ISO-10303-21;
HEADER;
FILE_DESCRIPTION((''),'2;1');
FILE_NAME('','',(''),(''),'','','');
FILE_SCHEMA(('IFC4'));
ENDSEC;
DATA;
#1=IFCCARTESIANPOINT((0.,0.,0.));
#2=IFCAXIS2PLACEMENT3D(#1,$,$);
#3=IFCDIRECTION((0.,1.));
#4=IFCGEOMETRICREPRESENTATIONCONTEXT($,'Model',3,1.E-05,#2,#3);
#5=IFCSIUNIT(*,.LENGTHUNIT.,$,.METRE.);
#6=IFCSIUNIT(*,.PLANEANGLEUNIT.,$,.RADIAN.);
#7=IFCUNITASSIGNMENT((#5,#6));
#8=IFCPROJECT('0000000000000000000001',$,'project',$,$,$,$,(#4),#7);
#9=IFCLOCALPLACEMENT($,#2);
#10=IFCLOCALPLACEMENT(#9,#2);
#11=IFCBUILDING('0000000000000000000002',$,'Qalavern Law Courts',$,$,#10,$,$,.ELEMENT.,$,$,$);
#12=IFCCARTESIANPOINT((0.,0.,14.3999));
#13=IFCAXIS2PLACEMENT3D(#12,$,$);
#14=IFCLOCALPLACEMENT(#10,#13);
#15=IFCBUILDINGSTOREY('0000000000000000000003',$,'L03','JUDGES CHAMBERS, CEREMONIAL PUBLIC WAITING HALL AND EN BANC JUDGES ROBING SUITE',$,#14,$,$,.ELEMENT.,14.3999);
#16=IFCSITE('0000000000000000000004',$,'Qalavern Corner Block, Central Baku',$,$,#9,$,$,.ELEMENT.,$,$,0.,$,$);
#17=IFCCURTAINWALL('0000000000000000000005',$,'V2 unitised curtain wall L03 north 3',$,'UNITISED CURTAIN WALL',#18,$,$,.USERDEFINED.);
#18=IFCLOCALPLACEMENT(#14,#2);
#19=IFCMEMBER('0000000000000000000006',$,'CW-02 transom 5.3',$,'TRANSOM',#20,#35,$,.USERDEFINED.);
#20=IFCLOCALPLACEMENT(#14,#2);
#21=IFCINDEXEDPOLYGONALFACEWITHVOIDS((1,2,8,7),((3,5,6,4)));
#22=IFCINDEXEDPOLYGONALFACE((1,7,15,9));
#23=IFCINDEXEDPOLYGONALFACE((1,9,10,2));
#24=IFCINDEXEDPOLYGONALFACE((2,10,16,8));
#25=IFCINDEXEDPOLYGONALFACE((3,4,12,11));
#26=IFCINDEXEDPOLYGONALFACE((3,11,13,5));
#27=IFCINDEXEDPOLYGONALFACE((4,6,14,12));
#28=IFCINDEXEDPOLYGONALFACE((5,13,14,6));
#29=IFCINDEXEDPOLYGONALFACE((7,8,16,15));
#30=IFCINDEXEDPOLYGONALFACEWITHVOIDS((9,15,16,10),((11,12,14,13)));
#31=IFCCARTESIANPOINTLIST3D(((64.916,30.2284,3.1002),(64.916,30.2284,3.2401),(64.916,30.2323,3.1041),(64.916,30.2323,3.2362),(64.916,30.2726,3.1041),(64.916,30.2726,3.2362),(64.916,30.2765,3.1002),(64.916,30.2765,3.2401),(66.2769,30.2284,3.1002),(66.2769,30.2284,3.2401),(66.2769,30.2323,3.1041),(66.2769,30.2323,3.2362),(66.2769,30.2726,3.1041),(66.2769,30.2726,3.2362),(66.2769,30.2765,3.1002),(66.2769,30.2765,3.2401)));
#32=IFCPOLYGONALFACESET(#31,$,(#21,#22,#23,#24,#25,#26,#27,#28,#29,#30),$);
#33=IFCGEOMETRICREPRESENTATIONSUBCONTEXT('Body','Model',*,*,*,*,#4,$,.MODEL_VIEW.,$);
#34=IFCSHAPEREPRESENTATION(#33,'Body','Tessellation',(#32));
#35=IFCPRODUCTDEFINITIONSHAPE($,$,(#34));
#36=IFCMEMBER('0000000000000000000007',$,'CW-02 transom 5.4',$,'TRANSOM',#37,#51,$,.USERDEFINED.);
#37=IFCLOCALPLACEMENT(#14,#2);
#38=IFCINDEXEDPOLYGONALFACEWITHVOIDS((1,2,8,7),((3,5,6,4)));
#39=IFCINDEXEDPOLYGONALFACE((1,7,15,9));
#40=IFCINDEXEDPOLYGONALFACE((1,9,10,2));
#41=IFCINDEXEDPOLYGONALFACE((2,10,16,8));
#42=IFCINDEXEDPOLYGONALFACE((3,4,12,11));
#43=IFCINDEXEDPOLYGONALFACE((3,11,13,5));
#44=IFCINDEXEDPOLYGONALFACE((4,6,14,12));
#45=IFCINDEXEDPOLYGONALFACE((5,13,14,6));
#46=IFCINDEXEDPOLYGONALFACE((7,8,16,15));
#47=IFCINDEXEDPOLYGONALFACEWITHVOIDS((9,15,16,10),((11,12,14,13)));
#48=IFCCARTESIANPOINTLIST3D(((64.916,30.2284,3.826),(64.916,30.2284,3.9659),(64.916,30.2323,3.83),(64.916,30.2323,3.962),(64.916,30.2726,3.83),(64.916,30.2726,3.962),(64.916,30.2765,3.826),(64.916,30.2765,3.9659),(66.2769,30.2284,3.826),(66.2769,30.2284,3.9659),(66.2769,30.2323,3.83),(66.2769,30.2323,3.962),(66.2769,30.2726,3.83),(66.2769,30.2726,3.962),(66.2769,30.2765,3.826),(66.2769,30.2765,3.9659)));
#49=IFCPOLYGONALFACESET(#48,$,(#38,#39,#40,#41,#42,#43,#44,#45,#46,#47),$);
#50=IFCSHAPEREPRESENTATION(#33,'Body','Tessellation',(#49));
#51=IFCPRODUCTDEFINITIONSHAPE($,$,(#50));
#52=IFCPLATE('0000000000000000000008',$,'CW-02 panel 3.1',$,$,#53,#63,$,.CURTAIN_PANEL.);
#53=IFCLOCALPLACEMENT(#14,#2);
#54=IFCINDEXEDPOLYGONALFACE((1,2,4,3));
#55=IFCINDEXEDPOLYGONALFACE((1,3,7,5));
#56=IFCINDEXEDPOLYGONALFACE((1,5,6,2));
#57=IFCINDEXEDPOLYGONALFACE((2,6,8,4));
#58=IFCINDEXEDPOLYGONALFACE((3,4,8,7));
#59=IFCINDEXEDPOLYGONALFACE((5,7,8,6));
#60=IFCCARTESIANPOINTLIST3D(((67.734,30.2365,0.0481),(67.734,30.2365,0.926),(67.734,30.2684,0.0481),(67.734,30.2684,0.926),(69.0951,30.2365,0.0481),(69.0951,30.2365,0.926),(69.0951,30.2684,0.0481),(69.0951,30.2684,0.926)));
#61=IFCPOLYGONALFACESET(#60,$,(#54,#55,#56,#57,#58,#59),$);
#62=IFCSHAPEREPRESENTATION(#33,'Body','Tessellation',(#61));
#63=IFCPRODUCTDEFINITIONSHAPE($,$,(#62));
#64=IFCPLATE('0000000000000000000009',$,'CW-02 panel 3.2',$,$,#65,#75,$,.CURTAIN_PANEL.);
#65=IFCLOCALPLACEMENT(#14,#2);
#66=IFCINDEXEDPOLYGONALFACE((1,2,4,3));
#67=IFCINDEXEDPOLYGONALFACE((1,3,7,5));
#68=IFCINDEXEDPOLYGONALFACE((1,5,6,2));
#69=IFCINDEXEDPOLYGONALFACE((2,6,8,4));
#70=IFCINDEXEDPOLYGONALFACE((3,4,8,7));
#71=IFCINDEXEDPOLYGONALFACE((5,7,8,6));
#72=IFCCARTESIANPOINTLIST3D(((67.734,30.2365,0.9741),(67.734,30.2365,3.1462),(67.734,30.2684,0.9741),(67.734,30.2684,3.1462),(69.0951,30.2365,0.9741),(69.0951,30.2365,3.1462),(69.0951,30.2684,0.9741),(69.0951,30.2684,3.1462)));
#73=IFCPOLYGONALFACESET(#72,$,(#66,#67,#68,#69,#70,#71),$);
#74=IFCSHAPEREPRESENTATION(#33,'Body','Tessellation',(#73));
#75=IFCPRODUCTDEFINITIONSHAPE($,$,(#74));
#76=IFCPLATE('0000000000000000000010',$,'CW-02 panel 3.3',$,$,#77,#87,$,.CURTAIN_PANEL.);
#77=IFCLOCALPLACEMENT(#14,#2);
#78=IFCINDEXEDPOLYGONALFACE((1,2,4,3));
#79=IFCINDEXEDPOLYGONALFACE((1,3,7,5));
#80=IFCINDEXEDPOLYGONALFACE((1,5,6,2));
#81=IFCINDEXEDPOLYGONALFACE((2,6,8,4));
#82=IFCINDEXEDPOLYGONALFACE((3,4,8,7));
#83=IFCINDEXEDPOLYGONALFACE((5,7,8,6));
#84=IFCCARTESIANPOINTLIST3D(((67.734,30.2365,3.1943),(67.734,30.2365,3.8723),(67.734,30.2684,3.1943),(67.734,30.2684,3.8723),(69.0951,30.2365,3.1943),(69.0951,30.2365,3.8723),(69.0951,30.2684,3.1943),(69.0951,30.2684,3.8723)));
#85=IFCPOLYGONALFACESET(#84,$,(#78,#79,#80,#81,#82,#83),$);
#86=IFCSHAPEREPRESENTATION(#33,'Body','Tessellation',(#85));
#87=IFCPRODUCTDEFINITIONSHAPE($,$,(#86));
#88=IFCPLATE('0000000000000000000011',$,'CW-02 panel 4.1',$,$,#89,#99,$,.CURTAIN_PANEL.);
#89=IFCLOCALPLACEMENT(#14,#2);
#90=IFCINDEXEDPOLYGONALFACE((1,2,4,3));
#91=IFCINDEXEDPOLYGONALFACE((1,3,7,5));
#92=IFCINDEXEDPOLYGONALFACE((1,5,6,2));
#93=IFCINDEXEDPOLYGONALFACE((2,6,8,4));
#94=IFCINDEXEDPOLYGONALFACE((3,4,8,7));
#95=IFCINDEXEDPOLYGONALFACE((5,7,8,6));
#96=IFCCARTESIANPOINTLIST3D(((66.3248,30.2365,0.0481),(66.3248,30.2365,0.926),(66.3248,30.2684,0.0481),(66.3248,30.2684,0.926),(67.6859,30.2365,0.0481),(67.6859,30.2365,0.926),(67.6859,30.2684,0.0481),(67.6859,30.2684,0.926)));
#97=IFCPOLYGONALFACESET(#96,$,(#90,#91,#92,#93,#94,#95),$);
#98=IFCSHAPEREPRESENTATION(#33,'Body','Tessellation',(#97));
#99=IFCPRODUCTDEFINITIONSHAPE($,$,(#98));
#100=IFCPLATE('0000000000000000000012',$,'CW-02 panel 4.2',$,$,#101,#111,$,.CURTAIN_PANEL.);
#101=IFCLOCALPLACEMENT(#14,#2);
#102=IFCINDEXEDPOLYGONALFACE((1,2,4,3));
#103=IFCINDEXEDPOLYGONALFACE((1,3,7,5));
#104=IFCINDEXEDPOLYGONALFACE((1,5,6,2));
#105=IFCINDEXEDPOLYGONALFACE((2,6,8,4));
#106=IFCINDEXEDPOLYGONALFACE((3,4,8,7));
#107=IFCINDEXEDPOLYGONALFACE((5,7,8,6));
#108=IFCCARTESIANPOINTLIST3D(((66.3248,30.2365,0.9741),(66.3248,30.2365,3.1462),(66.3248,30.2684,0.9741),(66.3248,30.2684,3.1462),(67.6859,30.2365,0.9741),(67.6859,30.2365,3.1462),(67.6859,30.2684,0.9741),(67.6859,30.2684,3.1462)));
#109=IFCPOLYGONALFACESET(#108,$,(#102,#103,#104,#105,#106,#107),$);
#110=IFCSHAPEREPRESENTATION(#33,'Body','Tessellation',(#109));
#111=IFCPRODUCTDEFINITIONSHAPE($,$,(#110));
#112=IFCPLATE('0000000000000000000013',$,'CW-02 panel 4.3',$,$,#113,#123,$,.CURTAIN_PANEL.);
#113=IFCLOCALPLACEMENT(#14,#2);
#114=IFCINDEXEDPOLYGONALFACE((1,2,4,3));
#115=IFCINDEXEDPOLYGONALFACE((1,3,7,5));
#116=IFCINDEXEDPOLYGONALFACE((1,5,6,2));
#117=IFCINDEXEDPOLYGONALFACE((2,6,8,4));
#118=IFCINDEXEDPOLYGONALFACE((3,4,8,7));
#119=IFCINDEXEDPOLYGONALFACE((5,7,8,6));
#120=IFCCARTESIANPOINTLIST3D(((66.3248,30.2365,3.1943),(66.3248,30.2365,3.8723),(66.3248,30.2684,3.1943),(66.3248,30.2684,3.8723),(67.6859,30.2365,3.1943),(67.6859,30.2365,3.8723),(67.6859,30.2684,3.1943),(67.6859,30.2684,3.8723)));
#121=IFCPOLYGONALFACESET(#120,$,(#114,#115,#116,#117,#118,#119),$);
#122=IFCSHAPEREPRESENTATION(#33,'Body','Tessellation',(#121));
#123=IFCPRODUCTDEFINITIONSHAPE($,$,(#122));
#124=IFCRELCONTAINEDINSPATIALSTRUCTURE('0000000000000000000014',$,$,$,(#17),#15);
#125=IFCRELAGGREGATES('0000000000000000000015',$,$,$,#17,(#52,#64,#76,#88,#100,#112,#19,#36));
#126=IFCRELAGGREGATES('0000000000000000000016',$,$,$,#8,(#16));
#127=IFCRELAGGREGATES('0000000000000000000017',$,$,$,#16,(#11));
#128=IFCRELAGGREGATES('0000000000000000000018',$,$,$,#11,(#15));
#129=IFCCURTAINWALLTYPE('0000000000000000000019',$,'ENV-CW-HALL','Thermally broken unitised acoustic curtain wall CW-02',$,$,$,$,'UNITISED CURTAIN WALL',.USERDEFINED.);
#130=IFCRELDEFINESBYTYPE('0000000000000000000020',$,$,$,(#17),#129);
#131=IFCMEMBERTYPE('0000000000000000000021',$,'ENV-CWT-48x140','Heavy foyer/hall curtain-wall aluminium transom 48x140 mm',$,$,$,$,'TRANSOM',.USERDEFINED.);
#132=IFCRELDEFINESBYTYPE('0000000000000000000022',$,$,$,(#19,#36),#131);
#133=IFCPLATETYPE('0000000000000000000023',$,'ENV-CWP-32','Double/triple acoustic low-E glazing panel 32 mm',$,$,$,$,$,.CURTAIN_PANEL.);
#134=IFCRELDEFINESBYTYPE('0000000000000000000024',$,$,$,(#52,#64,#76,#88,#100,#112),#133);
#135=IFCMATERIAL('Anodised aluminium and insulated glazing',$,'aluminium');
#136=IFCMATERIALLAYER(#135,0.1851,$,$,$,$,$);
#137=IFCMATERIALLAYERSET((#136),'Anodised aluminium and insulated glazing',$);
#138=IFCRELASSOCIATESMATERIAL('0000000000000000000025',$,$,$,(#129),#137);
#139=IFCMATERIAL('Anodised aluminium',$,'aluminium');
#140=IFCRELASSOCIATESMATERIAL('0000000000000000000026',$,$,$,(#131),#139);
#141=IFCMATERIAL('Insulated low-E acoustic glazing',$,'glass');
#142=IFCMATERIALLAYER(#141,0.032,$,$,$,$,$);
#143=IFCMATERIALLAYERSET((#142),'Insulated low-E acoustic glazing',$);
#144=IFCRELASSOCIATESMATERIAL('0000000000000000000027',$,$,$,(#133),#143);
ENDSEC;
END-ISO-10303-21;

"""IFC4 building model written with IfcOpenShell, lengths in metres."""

from ifc_helpers import new_model, si_unit, direction, frame, origin, origin_2d, place, context, subcontext, project, spatial, rectangle, hollow_rectangle, extrude, material, layer, layer_set, material_profile, profile_set, type_object, element, aggregate, save


model = new_model("IFC4")

# Units and contexts
model_context = context("Model", 3, precision=1e-05, world=origin(), true_north=direction((0.0, 1.0)))
body_context = subcontext(model_context, "Body", "Model", "MODEL_VIEW")
ifc_project = project(units=[si_unit("LENGTHUNIT", "METRE"), si_unit("PLANEANGLEUNIT", "RADIAN")], contexts=[model_context])

# Site, building, storey
site_placement = place(None, origin())
site = spatial("IfcSite", under=ifc_project, at=site_placement, Name="Qalavern Corner Block, Central Baku", CompositionType="ELEMENT", RefElevation=0.0)
building_placement = place(site_placement, origin())
building = spatial("IfcBuilding", under=site, at=building_placement, Name="Qalavern Law Courts", CompositionType="ELEMENT")
storey_placement = place(building_placement, frame((0.0, 0.0, 14.3999)))
storey = spatial("IfcBuildingStorey", under=building, at=storey_placement, Name="L03", Description="JUDGES CHAMBERS, CEREMONIAL PUBLIC WAITING HALL AND EN BANC JUDGES ROBING SUITE", CompositionType="ELEMENT", Elevation=14.3999)

# Curtain wall, members, plates
ifc_material_1 = material(Name="Anodised aluminium and insulated glazing", Category="aluminium")
ifc_layer_1 = layer(ifc_material_1, 0.1851)
ifc_layer_set_1 = layer_set([ifc_layer_1], Name="Anodised aluminium and insulated glazing")
curtain_wall_type = type_object("IfcCurtainWallType", Name="ENV-CW-HALL", Description="Thermally broken unitised acoustic curtain wall CW-02", ElementType="UNITISED CURTAIN WALL", PredefinedType="USERDEFINED", material=ifc_layer_set_1)
curtain_wall_placement = place(storey_placement, origin())
curtain_wall = element("IfcCurtainWall", 1, at=curtain_wall_placement, inside=storey, type_object=curtain_wall_type, Name="V2 unitised curtain wall L03 north 3", ObjectType="UNITISED CURTAIN WALL", PredefinedType="USERDEFINED")
ifc_material_2 = material(Name="Anodised aluminium", Category="aluminium")
ifc_material_profile_1 = material_profile(ifc_material_2, hollow_rectangle(XDim=0.0481, YDim=0.1399, WallThickness=0.0039, at=origin_2d()), Name="ALU TRANSOM 48x140")
ifc_profile_set_1 = profile_set([ifc_material_profile_1], Name="Anodised aluminium")
member_type_1 = type_object("IfcMemberType", Name="ENV-CWT-48x140", Description="Heavy foyer/hall curtain-wall aluminium transom 48x140 mm", ElementType="TRANSOM", PredefinedType="USERDEFINED", material=ifc_profile_set_1)
member_1_placement = place(storey_placement, frame((66.2769, 30.2524, 3.1702), z_axis=(-1.0, 0.0, 0.0), x_axis=(0.0, -1.0, 0.0)))
member_1 = element("IfcMember", 2, at=member_1_placement, type_object=member_type_1, Name="CW-02 transom 5.3", ObjectType="TRANSOM", PredefinedType="USERDEFINED", context=body_context, shape_type="SweptSolid", body=[
    extrude(hollow_rectangle(XDim=0.0481, YDim=0.1399, WallThickness=0.0039, at=origin_2d()), origin(), (0.0, 0.0, 1.0), 1.3608),
])
member_2_placement = place(storey_placement, frame((66.2769, 30.2524, 3.896), z_axis=(-1.0, 0.0, 0.0), x_axis=(0.0, -1.0, 0.0)))
member_2 = element("IfcMember", 3, at=member_2_placement, type_object=member_type_1, Name="CW-02 transom 5.4", ObjectType="TRANSOM", PredefinedType="USERDEFINED", context=body_context, shape_type="SweptSolid", body=[
    extrude(hollow_rectangle(XDim=0.0481, YDim=0.1399, WallThickness=0.0039, at=origin_2d()), origin(), (0.0, 0.0, 1.0), 1.3608),
])
ifc_material_3 = material(Name="Insulated low-E acoustic glazing", Category="glass")
ifc_layer_2 = layer(ifc_material_3, 0.032)
ifc_layer_set_2 = layer_set([ifc_layer_2], Name="Insulated low-E acoustic glazing")
plate_type = type_object("IfcPlateType", Name="ENV-CWP-32", Description="Double/triple acoustic low-E glazing panel 32 mm", PredefinedType="CURTAIN_PANEL", material=ifc_layer_set_2)
plate_1_placement = place(storey_placement, frame((68.4146, 30.2524, 0.0481), z_axis=(0.0, 0.0, 1.0), x_axis=(-1.0, 0.0, 0.0)))
plate_1 = element("IfcPlate", 4, at=plate_1_placement, type_object=plate_type, Name="CW-02 panel 3.1", PredefinedType="CURTAIN_PANEL", context=body_context, shape_type="SweptSolid", body=[
    extrude(rectangle(XDim=1.3611, YDim=0.032, at=origin_2d()), origin(), (0.0, 0.0, 1.0), 0.8779),
])
plate_2_placement = place(storey_placement, frame((68.4146, 30.2524, 0.9741), z_axis=(0.0, 0.0, 1.0), x_axis=(-1.0, 0.0, 0.0)))
plate_2 = element("IfcPlate", 5, at=plate_2_placement, type_object=plate_type, Name="CW-02 panel 3.2", PredefinedType="CURTAIN_PANEL", context=body_context, shape_type="SweptSolid", body=[
    extrude(rectangle(XDim=1.3611, YDim=0.032, at=origin_2d()), origin(), (0.0, 0.0, 1.0), 2.1721),
])
plate_3_placement = place(storey_placement, frame((68.4146, 30.2524, 3.1943), z_axis=(0.0, 0.0, 1.0), x_axis=(-1.0, 0.0, 0.0)))
plate_3 = element("IfcPlate", 6, at=plate_3_placement, type_object=plate_type, Name="CW-02 panel 3.3", PredefinedType="CURTAIN_PANEL", context=body_context, shape_type="SweptSolid", body=[
    extrude(rectangle(XDim=1.3611, YDim=0.032, at=origin_2d()), origin(), (0.0, 0.0, 1.0), 0.678),
])
plate_4_placement = place(storey_placement, frame((67.0054, 30.2524, 0.0481), z_axis=(0.0, 0.0, 1.0), x_axis=(-1.0, 0.0, 0.0)))
plate_4 = element("IfcPlate", 7, at=plate_4_placement, type_object=plate_type, Name="CW-02 panel 4.1", PredefinedType="CURTAIN_PANEL", context=body_context, shape_type="SweptSolid", body=[
    extrude(rectangle(XDim=1.3611, YDim=0.032, at=origin_2d()), origin(), (0.0, 0.0, 1.0), 0.8779),
])
plate_5_placement = place(storey_placement, frame((67.0054, 30.2524, 0.9741), z_axis=(0.0, 0.0, 1.0), x_axis=(-1.0, 0.0, 0.0)))
plate_5 = element("IfcPlate", 8, at=plate_5_placement, type_object=plate_type, Name="CW-02 panel 4.2", PredefinedType="CURTAIN_PANEL", context=body_context, shape_type="SweptSolid", body=[
    extrude(rectangle(XDim=1.3611, YDim=0.032, at=origin_2d()), origin(), (0.0, 0.0, 1.0), 2.1721),
])
plate_6_placement = place(storey_placement, frame((67.0054, 30.2524, 3.1943), z_axis=(0.0, 0.0, 1.0), x_axis=(-1.0, 0.0, 0.0)))
plate_6 = element("IfcPlate", 9, at=plate_6_placement, type_object=plate_type, Name="CW-02 panel 4.3", PredefinedType="CURTAIN_PANEL", context=body_context, shape_type="SweptSolid", body=[
    extrude(rectangle(XDim=1.3611, YDim=0.032, at=origin_2d()), origin(), (0.0, 0.0, 1.0), 0.678),
])
aggregate(curtain_wall, [plate_1, plate_2, plate_3, plate_4, plate_5, plate_6, member_1, member_2])

save(model, "model.ifc")
